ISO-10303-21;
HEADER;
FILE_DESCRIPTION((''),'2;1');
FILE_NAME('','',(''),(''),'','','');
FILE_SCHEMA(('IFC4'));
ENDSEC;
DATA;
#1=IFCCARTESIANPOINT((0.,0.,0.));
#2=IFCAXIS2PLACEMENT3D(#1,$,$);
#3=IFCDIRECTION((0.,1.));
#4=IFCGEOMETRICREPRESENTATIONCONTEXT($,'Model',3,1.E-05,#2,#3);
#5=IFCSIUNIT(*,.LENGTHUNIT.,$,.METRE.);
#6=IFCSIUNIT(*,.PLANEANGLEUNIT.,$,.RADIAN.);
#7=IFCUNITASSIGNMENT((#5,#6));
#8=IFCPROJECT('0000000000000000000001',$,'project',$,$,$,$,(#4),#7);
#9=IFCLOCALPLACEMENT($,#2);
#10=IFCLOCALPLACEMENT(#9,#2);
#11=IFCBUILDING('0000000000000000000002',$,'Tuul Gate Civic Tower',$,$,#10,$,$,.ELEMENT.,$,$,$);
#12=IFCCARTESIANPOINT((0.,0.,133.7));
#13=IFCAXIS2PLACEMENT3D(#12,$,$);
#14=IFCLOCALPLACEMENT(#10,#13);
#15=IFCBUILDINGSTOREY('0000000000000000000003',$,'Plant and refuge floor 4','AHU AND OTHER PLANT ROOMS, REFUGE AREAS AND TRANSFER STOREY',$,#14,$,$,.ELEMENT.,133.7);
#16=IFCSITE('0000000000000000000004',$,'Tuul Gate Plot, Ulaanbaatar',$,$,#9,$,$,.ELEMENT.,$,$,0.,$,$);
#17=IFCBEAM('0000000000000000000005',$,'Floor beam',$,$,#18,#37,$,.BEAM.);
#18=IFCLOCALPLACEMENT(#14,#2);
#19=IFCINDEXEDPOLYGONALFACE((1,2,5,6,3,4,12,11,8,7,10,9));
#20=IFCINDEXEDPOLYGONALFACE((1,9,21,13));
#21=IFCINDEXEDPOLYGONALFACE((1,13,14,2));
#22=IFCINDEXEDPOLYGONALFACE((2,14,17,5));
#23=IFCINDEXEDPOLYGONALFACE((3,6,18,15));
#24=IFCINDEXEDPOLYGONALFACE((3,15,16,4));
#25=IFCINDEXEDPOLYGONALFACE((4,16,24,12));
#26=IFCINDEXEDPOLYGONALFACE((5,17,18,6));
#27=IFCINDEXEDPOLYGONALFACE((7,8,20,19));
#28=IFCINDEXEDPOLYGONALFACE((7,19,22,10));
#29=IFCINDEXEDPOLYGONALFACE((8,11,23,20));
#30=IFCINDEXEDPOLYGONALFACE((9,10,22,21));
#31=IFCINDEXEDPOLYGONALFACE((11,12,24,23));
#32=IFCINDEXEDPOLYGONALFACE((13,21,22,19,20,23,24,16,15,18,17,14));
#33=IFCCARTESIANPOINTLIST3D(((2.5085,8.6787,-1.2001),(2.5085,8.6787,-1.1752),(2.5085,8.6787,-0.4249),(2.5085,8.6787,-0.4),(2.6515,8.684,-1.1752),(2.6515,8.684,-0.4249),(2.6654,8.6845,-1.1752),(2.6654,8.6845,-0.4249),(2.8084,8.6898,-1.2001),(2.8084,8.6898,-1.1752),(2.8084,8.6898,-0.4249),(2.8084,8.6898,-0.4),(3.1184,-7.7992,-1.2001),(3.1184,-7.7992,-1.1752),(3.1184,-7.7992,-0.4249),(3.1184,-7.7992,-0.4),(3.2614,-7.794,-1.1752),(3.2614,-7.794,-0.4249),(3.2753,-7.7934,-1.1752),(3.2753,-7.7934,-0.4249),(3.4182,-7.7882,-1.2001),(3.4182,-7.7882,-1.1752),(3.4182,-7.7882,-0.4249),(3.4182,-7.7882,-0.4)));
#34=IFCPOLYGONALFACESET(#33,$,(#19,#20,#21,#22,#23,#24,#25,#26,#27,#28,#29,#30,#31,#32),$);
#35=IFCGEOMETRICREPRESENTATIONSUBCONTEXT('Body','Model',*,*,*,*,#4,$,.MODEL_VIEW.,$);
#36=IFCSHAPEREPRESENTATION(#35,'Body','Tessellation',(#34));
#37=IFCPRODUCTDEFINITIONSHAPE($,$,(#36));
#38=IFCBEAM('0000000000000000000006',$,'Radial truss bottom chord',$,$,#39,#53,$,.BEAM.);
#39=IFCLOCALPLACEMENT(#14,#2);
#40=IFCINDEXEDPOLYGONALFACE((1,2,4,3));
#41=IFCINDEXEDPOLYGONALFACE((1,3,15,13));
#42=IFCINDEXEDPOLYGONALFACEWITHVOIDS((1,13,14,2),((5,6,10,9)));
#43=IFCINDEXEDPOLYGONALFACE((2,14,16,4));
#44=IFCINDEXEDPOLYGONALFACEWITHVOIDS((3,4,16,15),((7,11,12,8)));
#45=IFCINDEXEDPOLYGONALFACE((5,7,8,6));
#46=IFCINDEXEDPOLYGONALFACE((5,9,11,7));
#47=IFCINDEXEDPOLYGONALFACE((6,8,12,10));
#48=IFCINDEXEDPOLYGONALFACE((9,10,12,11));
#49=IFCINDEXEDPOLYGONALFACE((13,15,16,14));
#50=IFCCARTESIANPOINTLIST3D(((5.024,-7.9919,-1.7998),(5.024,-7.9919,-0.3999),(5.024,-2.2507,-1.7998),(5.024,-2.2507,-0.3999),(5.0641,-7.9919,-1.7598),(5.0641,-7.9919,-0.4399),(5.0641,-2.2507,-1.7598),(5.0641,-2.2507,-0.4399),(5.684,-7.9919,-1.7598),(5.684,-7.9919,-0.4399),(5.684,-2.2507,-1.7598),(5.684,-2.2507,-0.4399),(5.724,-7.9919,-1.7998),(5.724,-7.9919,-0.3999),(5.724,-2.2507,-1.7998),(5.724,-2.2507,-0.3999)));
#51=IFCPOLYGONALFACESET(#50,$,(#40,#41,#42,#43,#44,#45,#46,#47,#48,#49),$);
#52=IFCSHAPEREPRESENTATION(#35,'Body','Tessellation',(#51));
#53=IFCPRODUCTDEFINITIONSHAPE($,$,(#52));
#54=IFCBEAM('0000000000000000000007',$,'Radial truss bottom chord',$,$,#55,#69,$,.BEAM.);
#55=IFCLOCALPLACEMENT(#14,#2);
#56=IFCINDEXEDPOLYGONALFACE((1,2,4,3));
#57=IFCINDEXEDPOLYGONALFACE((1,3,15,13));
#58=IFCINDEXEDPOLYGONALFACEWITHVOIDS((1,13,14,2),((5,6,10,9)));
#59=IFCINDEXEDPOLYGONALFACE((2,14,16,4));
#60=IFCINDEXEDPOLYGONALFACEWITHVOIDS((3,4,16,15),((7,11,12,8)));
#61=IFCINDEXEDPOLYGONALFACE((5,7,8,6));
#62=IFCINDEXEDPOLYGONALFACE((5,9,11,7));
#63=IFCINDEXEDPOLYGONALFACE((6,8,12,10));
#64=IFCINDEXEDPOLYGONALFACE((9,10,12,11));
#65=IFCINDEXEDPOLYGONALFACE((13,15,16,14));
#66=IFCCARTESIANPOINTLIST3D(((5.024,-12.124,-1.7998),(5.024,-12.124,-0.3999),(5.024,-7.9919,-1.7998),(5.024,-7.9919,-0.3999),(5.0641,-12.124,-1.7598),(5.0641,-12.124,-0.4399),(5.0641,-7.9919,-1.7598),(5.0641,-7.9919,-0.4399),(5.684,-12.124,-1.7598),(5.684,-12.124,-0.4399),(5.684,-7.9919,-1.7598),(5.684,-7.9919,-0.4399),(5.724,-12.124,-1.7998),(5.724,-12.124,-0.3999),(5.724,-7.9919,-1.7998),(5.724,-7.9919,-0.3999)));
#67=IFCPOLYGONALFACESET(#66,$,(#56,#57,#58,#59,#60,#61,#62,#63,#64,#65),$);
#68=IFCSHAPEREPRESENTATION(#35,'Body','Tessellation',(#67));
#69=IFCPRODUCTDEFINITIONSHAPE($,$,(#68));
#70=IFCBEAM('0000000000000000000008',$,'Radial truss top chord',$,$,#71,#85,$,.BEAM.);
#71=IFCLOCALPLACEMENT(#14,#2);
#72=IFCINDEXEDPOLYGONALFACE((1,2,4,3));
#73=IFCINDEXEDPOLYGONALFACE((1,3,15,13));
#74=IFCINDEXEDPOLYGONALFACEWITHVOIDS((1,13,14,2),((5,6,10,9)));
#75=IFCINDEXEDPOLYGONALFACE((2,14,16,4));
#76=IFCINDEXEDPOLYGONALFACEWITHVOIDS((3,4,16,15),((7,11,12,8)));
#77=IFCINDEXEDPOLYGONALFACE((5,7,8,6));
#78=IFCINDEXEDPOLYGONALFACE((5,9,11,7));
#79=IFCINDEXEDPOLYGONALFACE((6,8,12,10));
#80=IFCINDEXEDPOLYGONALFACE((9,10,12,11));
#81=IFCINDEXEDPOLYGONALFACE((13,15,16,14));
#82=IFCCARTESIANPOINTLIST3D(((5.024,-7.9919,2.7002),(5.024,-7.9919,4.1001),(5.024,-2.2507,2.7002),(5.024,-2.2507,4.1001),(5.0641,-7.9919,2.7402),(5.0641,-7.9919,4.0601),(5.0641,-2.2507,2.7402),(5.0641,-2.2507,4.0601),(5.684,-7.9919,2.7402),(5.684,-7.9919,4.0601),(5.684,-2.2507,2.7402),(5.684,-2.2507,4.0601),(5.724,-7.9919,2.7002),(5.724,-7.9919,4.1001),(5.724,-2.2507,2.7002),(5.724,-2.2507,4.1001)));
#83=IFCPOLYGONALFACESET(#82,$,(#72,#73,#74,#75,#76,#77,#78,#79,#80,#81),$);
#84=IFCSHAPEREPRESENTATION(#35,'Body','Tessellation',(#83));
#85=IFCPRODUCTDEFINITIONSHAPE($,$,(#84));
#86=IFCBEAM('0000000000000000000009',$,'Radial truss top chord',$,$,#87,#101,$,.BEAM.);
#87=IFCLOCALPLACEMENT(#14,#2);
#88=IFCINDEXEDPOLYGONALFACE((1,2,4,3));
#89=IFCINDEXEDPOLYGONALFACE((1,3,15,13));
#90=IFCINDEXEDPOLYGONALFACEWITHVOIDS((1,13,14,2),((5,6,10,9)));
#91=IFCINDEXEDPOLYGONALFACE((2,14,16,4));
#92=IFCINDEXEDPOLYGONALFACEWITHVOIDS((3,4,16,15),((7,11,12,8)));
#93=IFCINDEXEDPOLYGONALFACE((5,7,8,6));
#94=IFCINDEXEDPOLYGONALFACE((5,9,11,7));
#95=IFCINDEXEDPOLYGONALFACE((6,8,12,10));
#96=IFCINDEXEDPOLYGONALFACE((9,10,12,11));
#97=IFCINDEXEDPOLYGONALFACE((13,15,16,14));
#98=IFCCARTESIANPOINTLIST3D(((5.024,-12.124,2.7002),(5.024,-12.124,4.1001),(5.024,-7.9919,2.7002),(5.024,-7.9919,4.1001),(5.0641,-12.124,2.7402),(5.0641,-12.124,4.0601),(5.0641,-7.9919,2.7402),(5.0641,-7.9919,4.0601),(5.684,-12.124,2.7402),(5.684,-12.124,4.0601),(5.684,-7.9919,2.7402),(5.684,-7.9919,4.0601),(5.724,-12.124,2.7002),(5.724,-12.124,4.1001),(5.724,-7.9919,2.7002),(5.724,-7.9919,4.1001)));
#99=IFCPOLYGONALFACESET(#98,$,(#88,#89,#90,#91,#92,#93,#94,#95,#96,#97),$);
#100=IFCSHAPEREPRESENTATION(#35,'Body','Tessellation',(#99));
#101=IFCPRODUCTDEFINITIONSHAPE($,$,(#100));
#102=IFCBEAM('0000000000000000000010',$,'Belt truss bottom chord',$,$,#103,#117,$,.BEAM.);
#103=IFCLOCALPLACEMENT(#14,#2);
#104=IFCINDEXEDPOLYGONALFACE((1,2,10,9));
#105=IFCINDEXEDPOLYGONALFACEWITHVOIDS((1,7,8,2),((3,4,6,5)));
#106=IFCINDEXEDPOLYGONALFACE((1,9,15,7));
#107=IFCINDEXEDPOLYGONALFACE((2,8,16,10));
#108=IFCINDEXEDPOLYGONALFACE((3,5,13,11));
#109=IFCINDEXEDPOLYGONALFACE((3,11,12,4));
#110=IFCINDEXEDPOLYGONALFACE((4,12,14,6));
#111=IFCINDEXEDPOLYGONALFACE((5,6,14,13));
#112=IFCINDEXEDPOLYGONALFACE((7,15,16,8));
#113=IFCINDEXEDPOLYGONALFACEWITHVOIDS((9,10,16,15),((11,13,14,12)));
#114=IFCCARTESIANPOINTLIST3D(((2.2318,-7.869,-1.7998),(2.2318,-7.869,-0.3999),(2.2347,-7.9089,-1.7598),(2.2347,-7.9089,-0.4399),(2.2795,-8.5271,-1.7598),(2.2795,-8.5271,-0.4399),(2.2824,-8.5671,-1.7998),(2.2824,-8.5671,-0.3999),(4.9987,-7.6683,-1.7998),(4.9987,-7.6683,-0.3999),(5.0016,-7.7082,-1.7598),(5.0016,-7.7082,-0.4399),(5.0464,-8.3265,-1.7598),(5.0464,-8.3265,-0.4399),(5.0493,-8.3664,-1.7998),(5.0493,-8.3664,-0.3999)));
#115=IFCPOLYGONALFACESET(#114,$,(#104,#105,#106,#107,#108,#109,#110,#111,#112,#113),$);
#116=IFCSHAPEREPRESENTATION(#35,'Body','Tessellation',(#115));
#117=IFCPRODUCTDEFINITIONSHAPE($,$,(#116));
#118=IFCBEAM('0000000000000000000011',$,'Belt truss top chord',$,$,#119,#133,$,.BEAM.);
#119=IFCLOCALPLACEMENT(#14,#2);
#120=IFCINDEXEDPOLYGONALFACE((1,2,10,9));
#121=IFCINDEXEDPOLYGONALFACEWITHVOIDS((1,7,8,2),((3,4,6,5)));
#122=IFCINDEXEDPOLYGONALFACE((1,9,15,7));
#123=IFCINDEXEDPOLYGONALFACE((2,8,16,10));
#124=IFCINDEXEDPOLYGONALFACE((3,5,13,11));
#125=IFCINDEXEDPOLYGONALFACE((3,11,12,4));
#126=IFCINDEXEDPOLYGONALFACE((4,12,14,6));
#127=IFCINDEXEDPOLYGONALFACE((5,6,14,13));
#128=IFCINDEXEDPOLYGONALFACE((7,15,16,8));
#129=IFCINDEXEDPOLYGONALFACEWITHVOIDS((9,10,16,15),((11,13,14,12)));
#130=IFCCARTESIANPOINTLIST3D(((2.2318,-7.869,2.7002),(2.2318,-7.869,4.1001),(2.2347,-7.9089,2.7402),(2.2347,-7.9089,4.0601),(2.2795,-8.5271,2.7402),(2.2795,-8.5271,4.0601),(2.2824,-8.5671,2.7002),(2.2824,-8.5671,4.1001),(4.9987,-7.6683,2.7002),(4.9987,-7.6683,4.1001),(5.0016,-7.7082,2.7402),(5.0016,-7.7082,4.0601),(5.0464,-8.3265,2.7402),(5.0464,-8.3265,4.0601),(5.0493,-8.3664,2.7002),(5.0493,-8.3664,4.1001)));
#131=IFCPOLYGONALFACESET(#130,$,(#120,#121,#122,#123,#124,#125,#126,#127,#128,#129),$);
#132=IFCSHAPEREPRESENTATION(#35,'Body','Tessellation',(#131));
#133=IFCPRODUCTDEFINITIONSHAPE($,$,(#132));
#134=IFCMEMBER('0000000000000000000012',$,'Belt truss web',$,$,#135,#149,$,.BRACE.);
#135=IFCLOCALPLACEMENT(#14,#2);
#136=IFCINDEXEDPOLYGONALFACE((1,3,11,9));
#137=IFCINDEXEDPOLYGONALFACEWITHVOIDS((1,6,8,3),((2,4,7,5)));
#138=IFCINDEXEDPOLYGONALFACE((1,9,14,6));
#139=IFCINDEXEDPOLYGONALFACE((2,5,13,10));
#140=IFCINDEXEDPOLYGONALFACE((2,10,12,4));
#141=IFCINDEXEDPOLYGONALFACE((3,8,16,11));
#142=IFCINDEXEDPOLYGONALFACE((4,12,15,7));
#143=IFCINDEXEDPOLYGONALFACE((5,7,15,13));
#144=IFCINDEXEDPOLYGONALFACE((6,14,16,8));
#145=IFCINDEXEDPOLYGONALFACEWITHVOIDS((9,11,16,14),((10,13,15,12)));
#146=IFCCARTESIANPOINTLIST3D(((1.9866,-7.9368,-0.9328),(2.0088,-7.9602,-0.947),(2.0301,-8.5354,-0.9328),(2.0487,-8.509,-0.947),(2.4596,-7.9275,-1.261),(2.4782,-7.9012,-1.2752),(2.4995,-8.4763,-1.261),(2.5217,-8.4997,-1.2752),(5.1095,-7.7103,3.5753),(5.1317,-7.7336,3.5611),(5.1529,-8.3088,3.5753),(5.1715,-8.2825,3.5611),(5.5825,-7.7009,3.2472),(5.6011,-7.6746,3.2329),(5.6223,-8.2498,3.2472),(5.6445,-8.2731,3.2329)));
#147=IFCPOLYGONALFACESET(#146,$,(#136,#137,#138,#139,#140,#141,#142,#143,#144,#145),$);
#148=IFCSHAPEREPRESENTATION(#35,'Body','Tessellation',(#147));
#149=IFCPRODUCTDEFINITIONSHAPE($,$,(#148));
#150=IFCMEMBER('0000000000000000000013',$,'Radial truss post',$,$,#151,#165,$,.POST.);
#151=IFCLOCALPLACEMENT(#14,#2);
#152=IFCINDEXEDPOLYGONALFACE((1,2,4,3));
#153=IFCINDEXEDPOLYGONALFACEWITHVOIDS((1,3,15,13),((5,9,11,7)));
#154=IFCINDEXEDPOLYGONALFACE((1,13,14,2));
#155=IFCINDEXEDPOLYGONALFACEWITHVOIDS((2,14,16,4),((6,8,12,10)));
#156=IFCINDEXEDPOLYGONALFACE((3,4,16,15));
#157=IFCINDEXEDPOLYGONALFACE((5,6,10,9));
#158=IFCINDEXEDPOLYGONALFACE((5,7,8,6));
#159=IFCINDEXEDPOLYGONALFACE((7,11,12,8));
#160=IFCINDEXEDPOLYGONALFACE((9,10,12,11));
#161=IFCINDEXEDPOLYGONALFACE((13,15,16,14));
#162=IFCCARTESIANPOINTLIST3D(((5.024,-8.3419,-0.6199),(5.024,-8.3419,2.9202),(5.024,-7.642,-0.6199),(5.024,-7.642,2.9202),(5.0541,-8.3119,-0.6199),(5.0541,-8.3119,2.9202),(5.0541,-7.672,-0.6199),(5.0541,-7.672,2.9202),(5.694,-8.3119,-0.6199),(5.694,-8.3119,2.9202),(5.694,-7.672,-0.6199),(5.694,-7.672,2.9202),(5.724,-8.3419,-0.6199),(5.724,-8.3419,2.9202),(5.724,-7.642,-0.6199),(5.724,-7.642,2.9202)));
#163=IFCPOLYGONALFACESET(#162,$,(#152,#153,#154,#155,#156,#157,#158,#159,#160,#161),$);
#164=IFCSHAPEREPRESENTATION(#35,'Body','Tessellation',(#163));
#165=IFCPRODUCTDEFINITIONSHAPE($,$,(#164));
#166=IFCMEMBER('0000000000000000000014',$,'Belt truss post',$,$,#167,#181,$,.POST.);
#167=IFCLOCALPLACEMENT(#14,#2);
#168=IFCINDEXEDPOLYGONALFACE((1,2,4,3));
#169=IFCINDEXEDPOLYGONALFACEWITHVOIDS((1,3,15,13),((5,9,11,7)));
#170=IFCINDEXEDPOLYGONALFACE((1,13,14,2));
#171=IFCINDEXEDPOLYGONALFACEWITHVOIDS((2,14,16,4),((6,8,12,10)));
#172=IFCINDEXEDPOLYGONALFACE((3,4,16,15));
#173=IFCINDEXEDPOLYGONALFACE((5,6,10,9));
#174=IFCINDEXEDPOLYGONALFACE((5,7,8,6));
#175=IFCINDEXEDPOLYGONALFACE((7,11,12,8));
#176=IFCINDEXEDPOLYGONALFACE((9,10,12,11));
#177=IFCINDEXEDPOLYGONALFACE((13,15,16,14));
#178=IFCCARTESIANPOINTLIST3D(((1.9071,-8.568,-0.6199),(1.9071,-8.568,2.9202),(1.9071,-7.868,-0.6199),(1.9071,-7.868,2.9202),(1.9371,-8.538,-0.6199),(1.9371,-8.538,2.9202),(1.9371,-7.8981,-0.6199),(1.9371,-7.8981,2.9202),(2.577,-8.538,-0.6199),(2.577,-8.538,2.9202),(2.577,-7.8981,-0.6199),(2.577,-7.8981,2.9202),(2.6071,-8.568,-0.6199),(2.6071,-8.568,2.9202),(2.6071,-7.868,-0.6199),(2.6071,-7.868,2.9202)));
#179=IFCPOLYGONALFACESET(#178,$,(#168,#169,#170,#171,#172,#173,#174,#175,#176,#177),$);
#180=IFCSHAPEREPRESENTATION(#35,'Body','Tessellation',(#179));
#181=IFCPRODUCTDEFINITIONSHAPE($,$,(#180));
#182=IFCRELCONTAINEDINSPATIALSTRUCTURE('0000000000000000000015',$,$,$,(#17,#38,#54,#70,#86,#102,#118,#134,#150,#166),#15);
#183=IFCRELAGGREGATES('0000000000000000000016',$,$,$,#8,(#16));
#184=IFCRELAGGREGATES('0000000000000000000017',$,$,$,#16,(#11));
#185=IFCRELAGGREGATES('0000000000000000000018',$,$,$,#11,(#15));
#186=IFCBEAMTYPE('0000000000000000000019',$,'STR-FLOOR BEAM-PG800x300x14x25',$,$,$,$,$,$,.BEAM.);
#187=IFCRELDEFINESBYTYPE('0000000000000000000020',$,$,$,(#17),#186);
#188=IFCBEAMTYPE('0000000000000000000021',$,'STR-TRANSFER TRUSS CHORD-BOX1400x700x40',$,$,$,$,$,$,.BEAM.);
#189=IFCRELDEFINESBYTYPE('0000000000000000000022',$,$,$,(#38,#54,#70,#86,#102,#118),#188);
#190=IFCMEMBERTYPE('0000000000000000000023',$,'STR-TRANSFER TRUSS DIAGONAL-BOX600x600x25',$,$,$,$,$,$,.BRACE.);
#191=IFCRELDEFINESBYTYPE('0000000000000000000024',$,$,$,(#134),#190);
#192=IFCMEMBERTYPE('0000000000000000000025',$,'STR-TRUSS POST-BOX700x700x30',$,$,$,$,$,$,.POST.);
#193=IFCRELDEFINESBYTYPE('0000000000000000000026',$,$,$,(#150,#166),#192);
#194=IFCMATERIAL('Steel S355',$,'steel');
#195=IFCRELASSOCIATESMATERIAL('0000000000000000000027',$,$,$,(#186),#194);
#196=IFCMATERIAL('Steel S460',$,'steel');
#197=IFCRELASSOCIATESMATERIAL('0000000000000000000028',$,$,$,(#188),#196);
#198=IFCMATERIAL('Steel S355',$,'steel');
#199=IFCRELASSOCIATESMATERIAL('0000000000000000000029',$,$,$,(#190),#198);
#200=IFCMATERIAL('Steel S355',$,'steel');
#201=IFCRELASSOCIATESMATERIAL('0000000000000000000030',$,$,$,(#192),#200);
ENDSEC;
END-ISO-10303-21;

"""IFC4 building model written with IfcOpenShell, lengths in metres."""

from ifc_helpers import new_model, si_unit, direction, frame, origin, origin_2d, place, context, subcontext, project, spatial, hollow_rectangle, i_section, extrude, material, material_profile, profile_set, type_object, element, save


model = new_model("IFC4")

# Units and contexts
model_context = context("Model", 3, precision=1e-05, world=origin(), true_north=direction((0.0, 1.0)))
body_context = subcontext(model_context, "Body", "Model", "MODEL_VIEW")
ifc_project = project(units=[si_unit("LENGTHUNIT", "METRE"), si_unit("PLANEANGLEUNIT", "RADIAN")], contexts=[model_context])

# Site, building, storey
site_placement = place(None, origin())
site = spatial("IfcSite", under=ifc_project, at=site_placement, Name="Tuul Gate Plot, Ulaanbaatar", CompositionType="ELEMENT", RefElevation=0.0)
building_placement = place(site_placement, origin())
building = spatial("IfcBuilding", under=site, at=building_placement, Name="Tuul Gate Civic Tower", CompositionType="ELEMENT")
storey_placement = place(building_placement, frame((0.0, 0.0, 133.7)))
storey = spatial("IfcBuildingStorey", under=building, at=storey_placement, Name="Plant and refuge floor 4", Description="AHU AND OTHER PLANT ROOMS, REFUGE AREAS AND TRANSFER STOREY", CompositionType="ELEMENT", Elevation=133.7)

# Beams
ifc_material_1 = material(Name="Steel S355", Category="steel")
ifc_material_profile_1 = material_profile(ifc_material_1, i_section(OverallWidth=0.3, OverallDepth=0.8, WebThickness=0.0139, FlangeThickness=0.0249, at=origin_2d()), Name="PG800x300x14x25")
ifc_profile_set_1 = profile_set([ifc_material_profile_1], Name="Steel S355")
beam_type_1 = type_object("IfcBeamType", Name="STR-FLOOR BEAM-PG800x300x14x25", PredefinedType="BEAM", material=ifc_profile_set_1)
beam_1_placement = place(storey_placement, frame((3.2683, -7.7937, -0.8), z_axis=(-0.036985, 0.999316, 0.0), x_axis=(-0.999316, -0.036985, 0.0)))
element("IfcBeam", 1, at=beam_1_placement, inside=storey, type_object=beam_type_1, Name="Floor beam", PredefinedType="BEAM", context=body_context, shape_type="SweptSolid", body=[
    extrude(i_section(OverallWidth=0.3, OverallDepth=0.8, WebThickness=0.0139, FlangeThickness=0.0249, at=origin_2d()), origin(), (0.0, 0.0, 1.0), 16.4893),
])
ifc_material_2 = material(Name="Steel S460", Category="steel")
ifc_material_profile_2 = material_profile(ifc_material_2, hollow_rectangle(XDim=0.7, YDim=1.3999, WallThickness=0.04, at=origin_2d()), Name="BOX1400x700x40")
ifc_profile_set_2 = profile_set([ifc_material_profile_2], Name="Steel S460")
beam_type_2 = type_object("IfcBeamType", Name="STR-TRANSFER TRUSS CHORD-BOX1400x700x40", PredefinedType="BEAM", material=ifc_profile_set_2)
beam_2_placement = place(storey_placement, frame((5.374, -2.2507, -1.0999), z_axis=(0.0, -1.0, 0.0), x_axis=(1.0, 0.0, 0.0)))
element("IfcBeam", 2, at=beam_2_placement, inside=storey, type_object=beam_type_2, Name="Radial truss bottom chord", PredefinedType="BEAM", context=body_context, shape_type="SweptSolid", body=[
    extrude(hollow_rectangle(XDim=0.7, YDim=1.3999, WallThickness=0.04, at=origin_2d()), origin(), (0.0, 0.0, 1.0), 5.7412),
])
beam_3_placement = place(storey_placement, frame((5.374, -7.9919, -1.0999), z_axis=(0.0, -1.0, 0.0), x_axis=(1.0, 0.0, 0.0)))
element("IfcBeam", 3, at=beam_3_placement, inside=storey, type_object=beam_type_2, Name="Radial truss bottom chord", PredefinedType="BEAM", context=body_context, shape_type="SweptSolid", body=[
    extrude(hollow_rectangle(XDim=0.7, YDim=1.3999, WallThickness=0.04, at=origin_2d()), origin(), (0.0, 0.0, 1.0), 4.1321),
])
beam_4_placement = place(storey_placement, frame((5.374, -2.2507, 3.4001), z_axis=(0.0, -1.0, 0.0), x_axis=(1.0, 0.0, 0.0)))
element("IfcBeam", 4, at=beam_4_placement, inside=storey, type_object=beam_type_2, Name="Radial truss top chord", PredefinedType="BEAM", context=body_context, shape_type="SweptSolid", body=[
    extrude(hollow_rectangle(XDim=0.7, YDim=1.3999, WallThickness=0.04, at=origin_2d()), origin(), (0.0, 0.0, 1.0), 5.7412),
])
beam_5_placement = place(storey_placement, frame((5.374, -7.9919, 3.4001), z_axis=(0.0, -1.0, 0.0), x_axis=(1.0, 0.0, 0.0)))
element("IfcBeam", 5, at=beam_5_placement, inside=storey, type_object=beam_type_2, Name="Radial truss top chord", PredefinedType="BEAM", context=body_context, shape_type="SweptSolid", body=[
    extrude(hollow_rectangle(XDim=0.7, YDim=1.3999, WallThickness=0.04, at=origin_2d()), origin(), (0.0, 0.0, 1.0), 4.1321),
])
for number, where, z_axis, x_axis, name in (
    (6, (2.2571, -8.218, -1.0999), (0.99738, 0.072342, 0.0), (-0.072342, 0.99738, 0.0), "Belt truss bottom chord"),
    (7, (2.2571, -8.218, 3.4001), (0.99738, 0.072342, 0.0), (-0.072342, 0.99738, 0.0), "Belt truss top chord"),
):
    element("IfcBeam", number, at=place(storey_placement, frame(where, z_axis=z_axis, x_axis=x_axis)), inside=storey, type_object=beam_type_2, Name=name, PredefinedType="BEAM", context=body_context, shape_type="SweptSolid", body=[
        extrude(hollow_rectangle(XDim=0.7, YDim=1.3999, WallThickness=0.04, at=origin_2d()), origin(), (0.0, 0.0, 1.0), 2.7742),
    ])

# Members
ifc_material_3 = material(Name="Steel S355", Category="steel")
ifc_material_profile_3 = material_profile(ifc_material_3, hollow_rectangle(XDim=0.6001, YDim=0.6001, WallThickness=0.0249, at=origin_2d()), Name="BOX600x600x25")
ifc_profile_set_3 = profile_set([ifc_material_profile_3], Name="Steel S355")
member_type_1 = type_object("IfcMemberType", Name="STR-TRANSFER TRUSS DIAGONAL-BOX600x600x25", PredefinedType="BRACE", material=ifc_profile_set_3)
member_placement = place(storey_placement, frame((2.2542, -8.2183, -1.104), z_axis=(0.568951, 0.041278, 0.821334), x_axis=(-0.072361, 0.997379, 0.0)))
element("IfcMember", 8, at=member_placement, inside=storey, type_object=member_type_1, Name="Belt truss web", PredefinedType="BRACE", context=body_context, shape_type="SweptSolid", body=[
    extrude(hollow_rectangle(XDim=0.6001, YDim=0.6001, WallThickness=0.0249, at=origin_2d()), origin(), (0.0, 0.0, 1.0), 5.4888),
])
ifc_material_4 = material(Name="Steel S355", Category="steel")
ifc_material_profile_4 = material_profile(ifc_material_4, hollow_rectangle(XDim=0.7, YDim=0.7, WallThickness=0.03, at=origin_2d()), Name="BOX700x700x30")
ifc_profile_set_4 = profile_set([ifc_material_profile_4], Name="Steel S355")
member_type_2 = type_object("IfcMemberType", Name="STR-TRUSS POST-BOX700x700x30", PredefinedType="POST", material=ifc_profile_set_4)
for number, where, z_axis, x_axis, name in (
    (9, (5.374, -7.9919, -0.6199), (0.0, 0.0, 1.0), (1.0, 0.0, 0.0), "Radial truss post"),
    (10, (2.2571, -8.218, -0.6199), (0.0, 0.0, 1.0), (1.0, 0.0, 0.0), "Belt truss post"),
):
    element("IfcMember", number, at=place(storey_placement, frame(where, z_axis=z_axis, x_axis=x_axis)), inside=storey, type_object=member_type_2, Name=name, PredefinedType="POST", context=body_context, shape_type="SweptSolid", body=[
        extrude(hollow_rectangle(XDim=0.7, YDim=0.7, WallThickness=0.03, at=origin_2d()), origin(), (0.0, 0.0, 1.0), 3.54),
    ])

save(model, "model.ifc")
